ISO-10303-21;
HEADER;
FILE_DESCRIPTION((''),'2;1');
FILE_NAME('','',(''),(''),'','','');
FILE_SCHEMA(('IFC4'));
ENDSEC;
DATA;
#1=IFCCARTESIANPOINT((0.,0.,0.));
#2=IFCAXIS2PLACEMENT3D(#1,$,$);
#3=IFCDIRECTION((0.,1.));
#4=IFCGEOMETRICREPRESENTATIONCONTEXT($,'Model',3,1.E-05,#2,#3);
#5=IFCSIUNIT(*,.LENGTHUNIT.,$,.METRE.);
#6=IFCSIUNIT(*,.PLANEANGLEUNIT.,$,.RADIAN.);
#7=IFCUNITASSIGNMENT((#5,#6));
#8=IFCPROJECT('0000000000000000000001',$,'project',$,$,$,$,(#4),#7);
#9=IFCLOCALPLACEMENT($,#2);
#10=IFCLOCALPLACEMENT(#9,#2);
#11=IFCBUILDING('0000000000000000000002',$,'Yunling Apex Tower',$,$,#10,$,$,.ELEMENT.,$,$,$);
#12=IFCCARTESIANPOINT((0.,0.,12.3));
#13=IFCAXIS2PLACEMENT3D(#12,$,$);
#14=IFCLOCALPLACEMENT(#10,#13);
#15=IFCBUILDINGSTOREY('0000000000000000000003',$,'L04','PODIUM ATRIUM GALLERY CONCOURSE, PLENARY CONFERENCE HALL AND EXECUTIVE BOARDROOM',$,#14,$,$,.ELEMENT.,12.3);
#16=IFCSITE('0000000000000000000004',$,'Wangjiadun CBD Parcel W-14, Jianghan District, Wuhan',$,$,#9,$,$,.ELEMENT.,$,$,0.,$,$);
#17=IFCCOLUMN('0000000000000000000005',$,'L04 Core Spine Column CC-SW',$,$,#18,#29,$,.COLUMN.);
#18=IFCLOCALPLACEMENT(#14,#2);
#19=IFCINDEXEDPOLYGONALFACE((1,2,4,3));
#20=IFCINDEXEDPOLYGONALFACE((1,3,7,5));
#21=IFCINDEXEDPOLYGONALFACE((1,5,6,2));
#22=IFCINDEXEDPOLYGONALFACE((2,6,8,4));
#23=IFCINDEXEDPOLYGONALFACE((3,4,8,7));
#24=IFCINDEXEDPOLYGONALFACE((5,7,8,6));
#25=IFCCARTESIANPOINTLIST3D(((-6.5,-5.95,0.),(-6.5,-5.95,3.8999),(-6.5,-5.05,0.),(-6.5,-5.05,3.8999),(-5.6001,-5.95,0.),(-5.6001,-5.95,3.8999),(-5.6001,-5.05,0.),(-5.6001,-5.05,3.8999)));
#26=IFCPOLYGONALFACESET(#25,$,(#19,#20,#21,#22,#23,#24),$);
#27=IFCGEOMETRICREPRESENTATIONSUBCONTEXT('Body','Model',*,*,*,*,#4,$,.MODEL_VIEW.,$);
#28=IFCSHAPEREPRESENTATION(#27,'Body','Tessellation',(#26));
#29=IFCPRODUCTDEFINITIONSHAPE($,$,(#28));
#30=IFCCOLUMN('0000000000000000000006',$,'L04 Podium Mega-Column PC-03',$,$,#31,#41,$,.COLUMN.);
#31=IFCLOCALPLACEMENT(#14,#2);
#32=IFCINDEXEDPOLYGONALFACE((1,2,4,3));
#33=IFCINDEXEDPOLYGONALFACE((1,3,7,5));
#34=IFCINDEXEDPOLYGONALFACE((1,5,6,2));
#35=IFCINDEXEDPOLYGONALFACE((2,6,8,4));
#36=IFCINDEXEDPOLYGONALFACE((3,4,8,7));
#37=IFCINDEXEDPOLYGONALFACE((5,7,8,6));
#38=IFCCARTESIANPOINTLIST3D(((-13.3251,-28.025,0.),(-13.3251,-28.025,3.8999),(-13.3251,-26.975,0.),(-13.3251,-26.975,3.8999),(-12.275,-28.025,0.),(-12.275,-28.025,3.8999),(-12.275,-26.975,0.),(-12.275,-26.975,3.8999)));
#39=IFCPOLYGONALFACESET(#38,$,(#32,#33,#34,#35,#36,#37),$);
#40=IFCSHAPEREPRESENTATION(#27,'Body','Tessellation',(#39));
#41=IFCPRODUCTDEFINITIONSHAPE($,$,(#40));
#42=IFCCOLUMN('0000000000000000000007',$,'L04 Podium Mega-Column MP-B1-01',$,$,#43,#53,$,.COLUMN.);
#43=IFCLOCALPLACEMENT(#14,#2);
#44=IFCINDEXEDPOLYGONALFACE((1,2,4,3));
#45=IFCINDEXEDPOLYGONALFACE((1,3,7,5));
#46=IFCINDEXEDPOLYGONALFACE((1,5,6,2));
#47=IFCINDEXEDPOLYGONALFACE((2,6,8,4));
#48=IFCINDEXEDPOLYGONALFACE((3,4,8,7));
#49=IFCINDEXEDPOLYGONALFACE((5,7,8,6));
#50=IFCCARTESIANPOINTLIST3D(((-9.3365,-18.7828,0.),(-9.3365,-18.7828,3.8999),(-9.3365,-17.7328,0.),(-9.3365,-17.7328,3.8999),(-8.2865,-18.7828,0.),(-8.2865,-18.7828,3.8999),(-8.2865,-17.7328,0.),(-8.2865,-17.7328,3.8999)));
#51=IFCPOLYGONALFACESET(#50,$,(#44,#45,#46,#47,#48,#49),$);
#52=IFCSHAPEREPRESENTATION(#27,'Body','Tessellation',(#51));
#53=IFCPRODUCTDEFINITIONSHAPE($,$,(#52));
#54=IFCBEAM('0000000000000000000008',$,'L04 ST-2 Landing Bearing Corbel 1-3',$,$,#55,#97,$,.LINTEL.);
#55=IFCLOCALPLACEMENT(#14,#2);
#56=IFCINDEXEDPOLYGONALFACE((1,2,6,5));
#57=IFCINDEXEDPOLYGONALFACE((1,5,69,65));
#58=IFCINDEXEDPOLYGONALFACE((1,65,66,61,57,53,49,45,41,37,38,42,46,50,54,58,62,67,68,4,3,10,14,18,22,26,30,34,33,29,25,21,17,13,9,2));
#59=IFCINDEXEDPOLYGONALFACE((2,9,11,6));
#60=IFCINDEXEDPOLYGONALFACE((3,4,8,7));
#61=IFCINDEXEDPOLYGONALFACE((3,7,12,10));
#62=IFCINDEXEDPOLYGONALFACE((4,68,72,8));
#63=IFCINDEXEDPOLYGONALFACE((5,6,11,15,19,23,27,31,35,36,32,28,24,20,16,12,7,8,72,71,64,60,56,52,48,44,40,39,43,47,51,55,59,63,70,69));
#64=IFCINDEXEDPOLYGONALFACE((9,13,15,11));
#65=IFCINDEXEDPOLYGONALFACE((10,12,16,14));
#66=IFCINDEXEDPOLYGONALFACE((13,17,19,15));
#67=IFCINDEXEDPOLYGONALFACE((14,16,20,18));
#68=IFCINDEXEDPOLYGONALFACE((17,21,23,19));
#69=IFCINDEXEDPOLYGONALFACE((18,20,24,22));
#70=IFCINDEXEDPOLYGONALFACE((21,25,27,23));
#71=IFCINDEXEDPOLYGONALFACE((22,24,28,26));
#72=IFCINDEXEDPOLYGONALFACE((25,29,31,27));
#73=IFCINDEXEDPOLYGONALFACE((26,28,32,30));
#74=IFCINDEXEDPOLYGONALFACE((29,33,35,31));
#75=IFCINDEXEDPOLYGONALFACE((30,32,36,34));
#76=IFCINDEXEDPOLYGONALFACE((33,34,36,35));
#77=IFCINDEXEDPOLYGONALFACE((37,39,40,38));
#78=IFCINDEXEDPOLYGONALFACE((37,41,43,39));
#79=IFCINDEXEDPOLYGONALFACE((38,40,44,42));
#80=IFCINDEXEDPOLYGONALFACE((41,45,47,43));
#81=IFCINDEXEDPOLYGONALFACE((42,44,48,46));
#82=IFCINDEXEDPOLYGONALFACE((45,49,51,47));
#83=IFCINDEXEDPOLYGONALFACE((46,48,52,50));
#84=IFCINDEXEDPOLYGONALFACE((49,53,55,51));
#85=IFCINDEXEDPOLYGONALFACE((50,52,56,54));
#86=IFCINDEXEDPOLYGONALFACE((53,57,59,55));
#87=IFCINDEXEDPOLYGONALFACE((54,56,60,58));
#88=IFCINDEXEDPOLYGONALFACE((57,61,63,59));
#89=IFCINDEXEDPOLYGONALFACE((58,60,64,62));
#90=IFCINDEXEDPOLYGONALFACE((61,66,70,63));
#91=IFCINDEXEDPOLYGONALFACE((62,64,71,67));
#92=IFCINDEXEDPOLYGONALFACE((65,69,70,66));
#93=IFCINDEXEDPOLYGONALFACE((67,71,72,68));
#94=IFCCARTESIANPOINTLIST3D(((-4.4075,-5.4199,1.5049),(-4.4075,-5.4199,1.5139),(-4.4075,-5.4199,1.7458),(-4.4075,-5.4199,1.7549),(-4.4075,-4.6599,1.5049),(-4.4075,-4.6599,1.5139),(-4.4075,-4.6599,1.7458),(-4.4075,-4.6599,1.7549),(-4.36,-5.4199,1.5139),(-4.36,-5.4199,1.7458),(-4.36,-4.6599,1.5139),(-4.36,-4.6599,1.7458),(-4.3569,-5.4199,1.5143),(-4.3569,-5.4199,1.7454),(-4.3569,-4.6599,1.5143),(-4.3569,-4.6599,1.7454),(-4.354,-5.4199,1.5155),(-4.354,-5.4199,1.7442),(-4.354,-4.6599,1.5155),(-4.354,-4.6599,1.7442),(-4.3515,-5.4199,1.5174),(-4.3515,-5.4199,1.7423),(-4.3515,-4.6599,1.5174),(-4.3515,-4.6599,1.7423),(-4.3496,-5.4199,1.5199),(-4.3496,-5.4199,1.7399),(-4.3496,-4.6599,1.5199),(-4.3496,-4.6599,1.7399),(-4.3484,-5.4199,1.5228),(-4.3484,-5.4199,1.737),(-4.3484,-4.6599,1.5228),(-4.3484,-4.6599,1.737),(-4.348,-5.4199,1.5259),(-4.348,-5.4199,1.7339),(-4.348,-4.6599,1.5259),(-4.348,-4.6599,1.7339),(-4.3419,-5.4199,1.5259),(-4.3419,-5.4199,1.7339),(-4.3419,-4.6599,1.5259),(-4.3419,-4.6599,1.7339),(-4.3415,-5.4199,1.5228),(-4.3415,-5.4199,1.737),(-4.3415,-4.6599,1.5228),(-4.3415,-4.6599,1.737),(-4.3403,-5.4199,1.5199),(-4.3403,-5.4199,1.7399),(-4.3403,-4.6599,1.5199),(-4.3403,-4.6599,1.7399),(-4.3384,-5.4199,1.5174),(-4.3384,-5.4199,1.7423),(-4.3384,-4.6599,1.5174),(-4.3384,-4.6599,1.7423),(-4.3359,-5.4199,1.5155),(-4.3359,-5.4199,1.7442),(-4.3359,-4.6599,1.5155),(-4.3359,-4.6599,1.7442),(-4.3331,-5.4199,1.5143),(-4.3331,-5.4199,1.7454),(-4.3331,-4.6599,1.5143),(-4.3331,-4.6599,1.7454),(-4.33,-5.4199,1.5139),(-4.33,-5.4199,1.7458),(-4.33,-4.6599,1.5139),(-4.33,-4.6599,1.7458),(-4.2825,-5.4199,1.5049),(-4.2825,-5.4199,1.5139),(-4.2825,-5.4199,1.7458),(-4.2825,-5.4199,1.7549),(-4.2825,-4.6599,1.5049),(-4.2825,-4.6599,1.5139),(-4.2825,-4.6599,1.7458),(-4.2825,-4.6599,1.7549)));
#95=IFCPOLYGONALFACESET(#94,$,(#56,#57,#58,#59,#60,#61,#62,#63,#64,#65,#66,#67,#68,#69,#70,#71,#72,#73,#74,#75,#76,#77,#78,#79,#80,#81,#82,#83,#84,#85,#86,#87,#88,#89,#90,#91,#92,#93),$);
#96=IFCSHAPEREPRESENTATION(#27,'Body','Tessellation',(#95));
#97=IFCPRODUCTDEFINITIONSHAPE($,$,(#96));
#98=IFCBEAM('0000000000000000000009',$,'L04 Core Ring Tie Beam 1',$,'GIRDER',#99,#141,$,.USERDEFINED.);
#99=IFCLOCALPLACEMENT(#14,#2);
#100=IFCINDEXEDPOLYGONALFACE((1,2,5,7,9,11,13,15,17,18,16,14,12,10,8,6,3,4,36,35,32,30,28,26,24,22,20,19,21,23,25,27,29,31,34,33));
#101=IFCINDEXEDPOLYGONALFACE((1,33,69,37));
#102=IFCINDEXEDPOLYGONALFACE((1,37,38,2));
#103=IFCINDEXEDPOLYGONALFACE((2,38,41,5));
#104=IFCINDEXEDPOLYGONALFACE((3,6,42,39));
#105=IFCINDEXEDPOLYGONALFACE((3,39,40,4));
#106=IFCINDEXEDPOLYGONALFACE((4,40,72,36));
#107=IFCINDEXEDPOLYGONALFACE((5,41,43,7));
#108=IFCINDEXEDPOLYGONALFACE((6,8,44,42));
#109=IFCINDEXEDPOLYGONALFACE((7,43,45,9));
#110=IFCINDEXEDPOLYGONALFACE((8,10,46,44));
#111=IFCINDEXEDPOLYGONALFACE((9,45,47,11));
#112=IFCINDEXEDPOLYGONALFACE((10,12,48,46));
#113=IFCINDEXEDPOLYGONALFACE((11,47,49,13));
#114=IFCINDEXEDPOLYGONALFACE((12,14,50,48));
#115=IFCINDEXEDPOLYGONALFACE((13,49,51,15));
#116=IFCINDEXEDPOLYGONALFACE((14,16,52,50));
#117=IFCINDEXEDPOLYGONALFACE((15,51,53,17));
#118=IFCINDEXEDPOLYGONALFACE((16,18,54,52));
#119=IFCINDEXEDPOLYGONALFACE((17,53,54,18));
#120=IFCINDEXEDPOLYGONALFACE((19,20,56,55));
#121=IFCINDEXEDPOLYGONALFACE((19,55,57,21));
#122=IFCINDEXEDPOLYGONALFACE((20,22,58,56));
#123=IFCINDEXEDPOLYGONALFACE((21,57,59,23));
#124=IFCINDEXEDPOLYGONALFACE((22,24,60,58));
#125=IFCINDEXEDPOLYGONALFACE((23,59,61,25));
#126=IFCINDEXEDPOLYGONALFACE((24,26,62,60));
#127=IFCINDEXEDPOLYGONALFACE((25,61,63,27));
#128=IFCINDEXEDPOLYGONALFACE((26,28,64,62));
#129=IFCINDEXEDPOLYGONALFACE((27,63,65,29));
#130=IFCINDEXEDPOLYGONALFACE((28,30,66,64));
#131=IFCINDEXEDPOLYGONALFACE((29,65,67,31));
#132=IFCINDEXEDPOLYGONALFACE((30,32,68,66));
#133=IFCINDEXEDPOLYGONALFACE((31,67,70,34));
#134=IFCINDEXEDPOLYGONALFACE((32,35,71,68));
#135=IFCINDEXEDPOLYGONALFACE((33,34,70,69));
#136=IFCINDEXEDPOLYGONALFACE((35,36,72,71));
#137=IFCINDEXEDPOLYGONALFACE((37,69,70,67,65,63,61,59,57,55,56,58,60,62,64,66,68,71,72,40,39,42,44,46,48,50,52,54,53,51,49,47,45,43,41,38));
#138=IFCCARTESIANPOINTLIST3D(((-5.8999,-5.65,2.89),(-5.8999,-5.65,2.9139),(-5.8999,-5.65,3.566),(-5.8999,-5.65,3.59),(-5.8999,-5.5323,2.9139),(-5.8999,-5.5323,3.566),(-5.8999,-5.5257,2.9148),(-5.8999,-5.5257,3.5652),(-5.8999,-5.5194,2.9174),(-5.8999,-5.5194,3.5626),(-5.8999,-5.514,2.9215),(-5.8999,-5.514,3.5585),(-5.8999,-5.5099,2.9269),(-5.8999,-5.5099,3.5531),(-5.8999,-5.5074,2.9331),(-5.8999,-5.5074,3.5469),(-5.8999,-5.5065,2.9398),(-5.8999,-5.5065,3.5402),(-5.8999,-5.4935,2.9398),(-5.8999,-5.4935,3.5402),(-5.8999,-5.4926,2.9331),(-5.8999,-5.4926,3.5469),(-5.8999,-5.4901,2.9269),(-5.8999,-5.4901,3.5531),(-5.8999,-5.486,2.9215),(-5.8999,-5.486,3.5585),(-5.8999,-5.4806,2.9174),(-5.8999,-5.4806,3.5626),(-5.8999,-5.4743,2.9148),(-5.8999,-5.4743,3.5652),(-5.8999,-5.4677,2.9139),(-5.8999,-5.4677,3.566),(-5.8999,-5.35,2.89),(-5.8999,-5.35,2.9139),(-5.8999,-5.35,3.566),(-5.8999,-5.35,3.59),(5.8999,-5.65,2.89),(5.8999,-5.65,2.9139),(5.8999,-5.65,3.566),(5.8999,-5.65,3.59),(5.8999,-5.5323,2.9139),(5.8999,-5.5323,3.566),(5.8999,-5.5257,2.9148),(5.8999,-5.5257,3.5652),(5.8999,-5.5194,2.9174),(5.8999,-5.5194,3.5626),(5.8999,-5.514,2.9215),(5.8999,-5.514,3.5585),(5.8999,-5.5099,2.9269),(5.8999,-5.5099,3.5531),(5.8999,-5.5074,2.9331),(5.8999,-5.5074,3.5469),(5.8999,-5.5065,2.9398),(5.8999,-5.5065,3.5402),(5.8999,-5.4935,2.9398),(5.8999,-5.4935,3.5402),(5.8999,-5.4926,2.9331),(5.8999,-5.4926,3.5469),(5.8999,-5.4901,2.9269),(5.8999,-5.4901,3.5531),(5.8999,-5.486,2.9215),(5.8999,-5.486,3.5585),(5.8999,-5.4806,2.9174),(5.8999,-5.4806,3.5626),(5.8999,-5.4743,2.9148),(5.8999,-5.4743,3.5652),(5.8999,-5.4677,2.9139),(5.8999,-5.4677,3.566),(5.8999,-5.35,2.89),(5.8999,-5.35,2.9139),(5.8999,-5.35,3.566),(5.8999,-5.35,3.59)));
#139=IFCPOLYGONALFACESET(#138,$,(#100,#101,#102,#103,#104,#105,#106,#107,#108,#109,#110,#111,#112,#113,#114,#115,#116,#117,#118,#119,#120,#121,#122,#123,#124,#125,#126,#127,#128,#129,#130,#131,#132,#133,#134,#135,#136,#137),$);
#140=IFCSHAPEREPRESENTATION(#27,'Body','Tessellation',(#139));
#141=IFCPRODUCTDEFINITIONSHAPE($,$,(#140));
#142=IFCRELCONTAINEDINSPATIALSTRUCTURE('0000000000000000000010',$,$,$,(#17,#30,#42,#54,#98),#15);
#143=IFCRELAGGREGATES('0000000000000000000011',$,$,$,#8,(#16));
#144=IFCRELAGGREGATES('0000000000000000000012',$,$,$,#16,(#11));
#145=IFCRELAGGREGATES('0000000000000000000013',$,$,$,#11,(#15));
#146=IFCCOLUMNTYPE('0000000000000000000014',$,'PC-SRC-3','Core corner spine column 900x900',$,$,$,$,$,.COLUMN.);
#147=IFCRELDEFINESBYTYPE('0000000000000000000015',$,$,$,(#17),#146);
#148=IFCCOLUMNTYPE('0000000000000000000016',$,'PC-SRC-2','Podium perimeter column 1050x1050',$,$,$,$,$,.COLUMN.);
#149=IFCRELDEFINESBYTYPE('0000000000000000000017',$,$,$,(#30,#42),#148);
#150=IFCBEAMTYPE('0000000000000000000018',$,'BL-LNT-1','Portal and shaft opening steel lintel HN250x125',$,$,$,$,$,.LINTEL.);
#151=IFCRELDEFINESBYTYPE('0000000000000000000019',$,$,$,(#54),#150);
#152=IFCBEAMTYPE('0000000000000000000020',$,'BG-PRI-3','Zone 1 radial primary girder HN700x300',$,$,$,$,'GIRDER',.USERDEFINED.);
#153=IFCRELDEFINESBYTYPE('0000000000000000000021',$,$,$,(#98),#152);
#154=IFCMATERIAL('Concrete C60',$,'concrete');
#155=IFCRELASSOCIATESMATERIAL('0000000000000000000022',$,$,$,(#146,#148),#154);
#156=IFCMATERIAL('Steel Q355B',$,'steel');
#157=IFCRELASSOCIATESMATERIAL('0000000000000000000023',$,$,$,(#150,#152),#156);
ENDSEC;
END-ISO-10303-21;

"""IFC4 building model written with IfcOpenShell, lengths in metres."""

from ifc_helpers import new_model, si_unit, direction, frame, origin, origin_2d, place, context, subcontext, project, spatial, rectangle, i_section, extrude, source, transform, mapped, material, material_profile, profile_set, type_object, element, save


model = new_model("IFC4")

# Units and contexts
model_context = context("Model", 3, precision=1e-05, world=origin(), true_north=direction((0.0, 1.0)))
body_context = subcontext(model_context, "Body", "Model", "MODEL_VIEW")
ifc_project = project(units=[si_unit("LENGTHUNIT", "METRE"), si_unit("PLANEANGLEUNIT", "RADIAN")], contexts=[model_context])

# Site, building, storey
site_placement = place(None, origin())
site = spatial("IfcSite", under=ifc_project, at=site_placement, Name="Wangjiadun CBD Parcel W-14, Jianghan District, Wuhan", CompositionType="ELEMENT", RefElevation=0.0)
building_placement = place(site_placement, origin())
building = spatial("IfcBuilding", under=site, at=building_placement, Name="Yunling Apex Tower", CompositionType="ELEMENT")
storey_placement = place(building_placement, frame((0.0, 0.0, 12.3)))
storey = spatial("IfcBuildingStorey", under=building, at=storey_placement, Name="L04", Description="PODIUM ATRIUM GALLERY CONCOURSE, PLENARY CONFERENCE HALL AND EXECUTIVE BOARDROOM", CompositionType="ELEMENT", Elevation=12.3)

# Columns
ifc_material_1 = material(Name="Concrete C60", Category="concrete")
ifc_material_profile_1 = material_profile(ifc_material_1, rectangle(XDim=0.8999, YDim=0.8999, at=origin_2d()))
ifc_profile_set_1 = profile_set([ifc_material_profile_1], Name="Concrete C60")
column_type_1 = type_object("IfcColumnType", Name="PC-SRC-3", Description="Core corner spine column 900x900", PredefinedType="COLUMN", material=ifc_profile_set_1)
shared_shape_1 = source(origin(), body_context, "Body", "SweptSolid", [
    extrude(rectangle(XDim=0.8999, YDim=0.8999, at=origin_2d()), origin(), (0.0, 0.0, 1.0), 3.8999),
])
column_placement = place(storey_placement, frame((-6.05, -5.5, 0.0), z_axis=(0.0, 0.0, 1.0), x_axis=(1.0, 0.0, 0.0)))
element("IfcColumn", 1, at=column_placement, inside=storey, type_object=column_type_1, Name="L04 Core Spine Column CC-SW", PredefinedType="COLUMN", context=body_context, shape_type="MappedRepresentation", body=[
    mapped(shared_shape_1, transform((0.0, 0.0, 0.0), scale=1.0)),
])
ifc_material_profile_2 = material_profile(ifc_material_1, rectangle(XDim=1.05, YDim=1.05, at=origin_2d()))
ifc_profile_set_2 = profile_set([ifc_material_profile_2], Name="Concrete C60")
column_type_2 = type_object("IfcColumnType", Name="PC-SRC-2", Description="Podium perimeter column 1050x1050", PredefinedType="COLUMN", material=ifc_profile_set_2)
shared_shape_2 = source(origin(), body_context, "Body", "SweptSolid", [
    extrude(rectangle(XDim=1.05, YDim=1.05, at=origin_2d()), origin(), (0.0, 0.0, 1.0), 3.8999),
])
for number, where, z_axis, x_axis, name in (
    (2, (-12.8, -27.5, 0.0), (0.0, 0.0, 1.0), (1.0, 0.0, 0.0), "L04 Podium Mega-Column PC-03"),
    (3, (-8.8115, -18.2578, 0.0), (0.0, 0.0, 1.0), (1.0, 0.0, 0.0), "L04 Podium Mega-Column MP-B1-01"),
):
    element("IfcColumn", number, at=place(storey_placement, frame(where, z_axis=z_axis, x_axis=x_axis)), inside=storey, type_object=column_type_2, Name=name, PredefinedType="COLUMN", context=body_context, shape_type="MappedRepresentation", body=[
        mapped(shared_shape_2, transform((0.0, 0.0, 0.0), scale=1.0)),
    ])

# Beams
ifc_material_2 = material(Name="Steel Q355B", Category="steel")
ifc_material_profile_3 = material_profile(ifc_material_2, i_section(OverallWidth=0.125, OverallDepth=0.25, WebThickness=0.0061, FlangeThickness=0.009, FilletRadius=0.012, at=origin_2d()))
ifc_profile_set_3 = profile_set([ifc_material_profile_3], Name="Steel Q355B")
beam_type_1 = type_object("IfcBeamType", Name="BL-LNT-1", Description="Portal and shaft opening steel lintel HN250x125", PredefinedType="LINTEL", material=ifc_profile_set_3)
shared_shape_3 = source(origin(), body_context, "Body", "SweptSolid", [
    extrude(i_section(OverallWidth=0.125, OverallDepth=0.25, WebThickness=0.0061, FlangeThickness=0.009, FilletRadius=0.012, at=origin_2d()), origin(), (0.0, 0.0, 1.0), 0.76),
])
beam_1_placement = place(storey_placement, frame((-4.345, -5.4199, 1.6299), z_axis=(0.0, 1.0, 0.0), x_axis=(-1.0, 0.0, 0.0)))
element("IfcBeam", 4, at=beam_1_placement, inside=storey, type_object=beam_type_1, Name="L04 ST-2 Landing Bearing Corbel 1-3", PredefinedType="LINTEL", context=body_context, shape_type="MappedRepresentation", body=[
    mapped(shared_shape_3, transform((0.0, 0.0, 0.0), scale=1.0)),
])
ifc_material_profile_4 = material_profile(ifc_material_2, i_section(OverallWidth=0.3, OverallDepth=0.7, WebThickness=0.0129, FlangeThickness=0.0239, FilletRadius=0.0259, at=origin_2d()))
ifc_profile_set_4 = profile_set([ifc_material_profile_4], Name="Steel Q355B")
beam_type_2 = type_object("IfcBeamType", Name="BG-PRI-3", Description="Zone 1 radial primary girder HN700x300", ElementType="GIRDER", PredefinedType="USERDEFINED", material=ifc_profile_set_4)
shared_shape_4 = source(origin(), body_context, "Body", "SweptSolid", [
    extrude(i_section(OverallWidth=0.3, OverallDepth=0.7, WebThickness=0.0129, FlangeThickness=0.0239, FilletRadius=0.0259, at=origin_2d()), origin(), (0.0, 0.0, 1.0), 11.7998),
])
beam_2_placement = place(storey_placement, frame((-5.8999, -5.5, 3.24), z_axis=(1.0, 0.0, 0.0), x_axis=(0.0, 1.0, 0.0)))
element("IfcBeam", 5, at=beam_2_placement, inside=storey, type_object=beam_type_2, Name="L04 Core Ring Tie Beam 1", ObjectType="GIRDER", PredefinedType="USERDEFINED", context=body_context, shape_type="MappedRepresentation", body=[
    mapped(shared_shape_4, transform((0.0, 0.0, 0.0), scale=1.0)),
])

save(model, "model.ifc")
